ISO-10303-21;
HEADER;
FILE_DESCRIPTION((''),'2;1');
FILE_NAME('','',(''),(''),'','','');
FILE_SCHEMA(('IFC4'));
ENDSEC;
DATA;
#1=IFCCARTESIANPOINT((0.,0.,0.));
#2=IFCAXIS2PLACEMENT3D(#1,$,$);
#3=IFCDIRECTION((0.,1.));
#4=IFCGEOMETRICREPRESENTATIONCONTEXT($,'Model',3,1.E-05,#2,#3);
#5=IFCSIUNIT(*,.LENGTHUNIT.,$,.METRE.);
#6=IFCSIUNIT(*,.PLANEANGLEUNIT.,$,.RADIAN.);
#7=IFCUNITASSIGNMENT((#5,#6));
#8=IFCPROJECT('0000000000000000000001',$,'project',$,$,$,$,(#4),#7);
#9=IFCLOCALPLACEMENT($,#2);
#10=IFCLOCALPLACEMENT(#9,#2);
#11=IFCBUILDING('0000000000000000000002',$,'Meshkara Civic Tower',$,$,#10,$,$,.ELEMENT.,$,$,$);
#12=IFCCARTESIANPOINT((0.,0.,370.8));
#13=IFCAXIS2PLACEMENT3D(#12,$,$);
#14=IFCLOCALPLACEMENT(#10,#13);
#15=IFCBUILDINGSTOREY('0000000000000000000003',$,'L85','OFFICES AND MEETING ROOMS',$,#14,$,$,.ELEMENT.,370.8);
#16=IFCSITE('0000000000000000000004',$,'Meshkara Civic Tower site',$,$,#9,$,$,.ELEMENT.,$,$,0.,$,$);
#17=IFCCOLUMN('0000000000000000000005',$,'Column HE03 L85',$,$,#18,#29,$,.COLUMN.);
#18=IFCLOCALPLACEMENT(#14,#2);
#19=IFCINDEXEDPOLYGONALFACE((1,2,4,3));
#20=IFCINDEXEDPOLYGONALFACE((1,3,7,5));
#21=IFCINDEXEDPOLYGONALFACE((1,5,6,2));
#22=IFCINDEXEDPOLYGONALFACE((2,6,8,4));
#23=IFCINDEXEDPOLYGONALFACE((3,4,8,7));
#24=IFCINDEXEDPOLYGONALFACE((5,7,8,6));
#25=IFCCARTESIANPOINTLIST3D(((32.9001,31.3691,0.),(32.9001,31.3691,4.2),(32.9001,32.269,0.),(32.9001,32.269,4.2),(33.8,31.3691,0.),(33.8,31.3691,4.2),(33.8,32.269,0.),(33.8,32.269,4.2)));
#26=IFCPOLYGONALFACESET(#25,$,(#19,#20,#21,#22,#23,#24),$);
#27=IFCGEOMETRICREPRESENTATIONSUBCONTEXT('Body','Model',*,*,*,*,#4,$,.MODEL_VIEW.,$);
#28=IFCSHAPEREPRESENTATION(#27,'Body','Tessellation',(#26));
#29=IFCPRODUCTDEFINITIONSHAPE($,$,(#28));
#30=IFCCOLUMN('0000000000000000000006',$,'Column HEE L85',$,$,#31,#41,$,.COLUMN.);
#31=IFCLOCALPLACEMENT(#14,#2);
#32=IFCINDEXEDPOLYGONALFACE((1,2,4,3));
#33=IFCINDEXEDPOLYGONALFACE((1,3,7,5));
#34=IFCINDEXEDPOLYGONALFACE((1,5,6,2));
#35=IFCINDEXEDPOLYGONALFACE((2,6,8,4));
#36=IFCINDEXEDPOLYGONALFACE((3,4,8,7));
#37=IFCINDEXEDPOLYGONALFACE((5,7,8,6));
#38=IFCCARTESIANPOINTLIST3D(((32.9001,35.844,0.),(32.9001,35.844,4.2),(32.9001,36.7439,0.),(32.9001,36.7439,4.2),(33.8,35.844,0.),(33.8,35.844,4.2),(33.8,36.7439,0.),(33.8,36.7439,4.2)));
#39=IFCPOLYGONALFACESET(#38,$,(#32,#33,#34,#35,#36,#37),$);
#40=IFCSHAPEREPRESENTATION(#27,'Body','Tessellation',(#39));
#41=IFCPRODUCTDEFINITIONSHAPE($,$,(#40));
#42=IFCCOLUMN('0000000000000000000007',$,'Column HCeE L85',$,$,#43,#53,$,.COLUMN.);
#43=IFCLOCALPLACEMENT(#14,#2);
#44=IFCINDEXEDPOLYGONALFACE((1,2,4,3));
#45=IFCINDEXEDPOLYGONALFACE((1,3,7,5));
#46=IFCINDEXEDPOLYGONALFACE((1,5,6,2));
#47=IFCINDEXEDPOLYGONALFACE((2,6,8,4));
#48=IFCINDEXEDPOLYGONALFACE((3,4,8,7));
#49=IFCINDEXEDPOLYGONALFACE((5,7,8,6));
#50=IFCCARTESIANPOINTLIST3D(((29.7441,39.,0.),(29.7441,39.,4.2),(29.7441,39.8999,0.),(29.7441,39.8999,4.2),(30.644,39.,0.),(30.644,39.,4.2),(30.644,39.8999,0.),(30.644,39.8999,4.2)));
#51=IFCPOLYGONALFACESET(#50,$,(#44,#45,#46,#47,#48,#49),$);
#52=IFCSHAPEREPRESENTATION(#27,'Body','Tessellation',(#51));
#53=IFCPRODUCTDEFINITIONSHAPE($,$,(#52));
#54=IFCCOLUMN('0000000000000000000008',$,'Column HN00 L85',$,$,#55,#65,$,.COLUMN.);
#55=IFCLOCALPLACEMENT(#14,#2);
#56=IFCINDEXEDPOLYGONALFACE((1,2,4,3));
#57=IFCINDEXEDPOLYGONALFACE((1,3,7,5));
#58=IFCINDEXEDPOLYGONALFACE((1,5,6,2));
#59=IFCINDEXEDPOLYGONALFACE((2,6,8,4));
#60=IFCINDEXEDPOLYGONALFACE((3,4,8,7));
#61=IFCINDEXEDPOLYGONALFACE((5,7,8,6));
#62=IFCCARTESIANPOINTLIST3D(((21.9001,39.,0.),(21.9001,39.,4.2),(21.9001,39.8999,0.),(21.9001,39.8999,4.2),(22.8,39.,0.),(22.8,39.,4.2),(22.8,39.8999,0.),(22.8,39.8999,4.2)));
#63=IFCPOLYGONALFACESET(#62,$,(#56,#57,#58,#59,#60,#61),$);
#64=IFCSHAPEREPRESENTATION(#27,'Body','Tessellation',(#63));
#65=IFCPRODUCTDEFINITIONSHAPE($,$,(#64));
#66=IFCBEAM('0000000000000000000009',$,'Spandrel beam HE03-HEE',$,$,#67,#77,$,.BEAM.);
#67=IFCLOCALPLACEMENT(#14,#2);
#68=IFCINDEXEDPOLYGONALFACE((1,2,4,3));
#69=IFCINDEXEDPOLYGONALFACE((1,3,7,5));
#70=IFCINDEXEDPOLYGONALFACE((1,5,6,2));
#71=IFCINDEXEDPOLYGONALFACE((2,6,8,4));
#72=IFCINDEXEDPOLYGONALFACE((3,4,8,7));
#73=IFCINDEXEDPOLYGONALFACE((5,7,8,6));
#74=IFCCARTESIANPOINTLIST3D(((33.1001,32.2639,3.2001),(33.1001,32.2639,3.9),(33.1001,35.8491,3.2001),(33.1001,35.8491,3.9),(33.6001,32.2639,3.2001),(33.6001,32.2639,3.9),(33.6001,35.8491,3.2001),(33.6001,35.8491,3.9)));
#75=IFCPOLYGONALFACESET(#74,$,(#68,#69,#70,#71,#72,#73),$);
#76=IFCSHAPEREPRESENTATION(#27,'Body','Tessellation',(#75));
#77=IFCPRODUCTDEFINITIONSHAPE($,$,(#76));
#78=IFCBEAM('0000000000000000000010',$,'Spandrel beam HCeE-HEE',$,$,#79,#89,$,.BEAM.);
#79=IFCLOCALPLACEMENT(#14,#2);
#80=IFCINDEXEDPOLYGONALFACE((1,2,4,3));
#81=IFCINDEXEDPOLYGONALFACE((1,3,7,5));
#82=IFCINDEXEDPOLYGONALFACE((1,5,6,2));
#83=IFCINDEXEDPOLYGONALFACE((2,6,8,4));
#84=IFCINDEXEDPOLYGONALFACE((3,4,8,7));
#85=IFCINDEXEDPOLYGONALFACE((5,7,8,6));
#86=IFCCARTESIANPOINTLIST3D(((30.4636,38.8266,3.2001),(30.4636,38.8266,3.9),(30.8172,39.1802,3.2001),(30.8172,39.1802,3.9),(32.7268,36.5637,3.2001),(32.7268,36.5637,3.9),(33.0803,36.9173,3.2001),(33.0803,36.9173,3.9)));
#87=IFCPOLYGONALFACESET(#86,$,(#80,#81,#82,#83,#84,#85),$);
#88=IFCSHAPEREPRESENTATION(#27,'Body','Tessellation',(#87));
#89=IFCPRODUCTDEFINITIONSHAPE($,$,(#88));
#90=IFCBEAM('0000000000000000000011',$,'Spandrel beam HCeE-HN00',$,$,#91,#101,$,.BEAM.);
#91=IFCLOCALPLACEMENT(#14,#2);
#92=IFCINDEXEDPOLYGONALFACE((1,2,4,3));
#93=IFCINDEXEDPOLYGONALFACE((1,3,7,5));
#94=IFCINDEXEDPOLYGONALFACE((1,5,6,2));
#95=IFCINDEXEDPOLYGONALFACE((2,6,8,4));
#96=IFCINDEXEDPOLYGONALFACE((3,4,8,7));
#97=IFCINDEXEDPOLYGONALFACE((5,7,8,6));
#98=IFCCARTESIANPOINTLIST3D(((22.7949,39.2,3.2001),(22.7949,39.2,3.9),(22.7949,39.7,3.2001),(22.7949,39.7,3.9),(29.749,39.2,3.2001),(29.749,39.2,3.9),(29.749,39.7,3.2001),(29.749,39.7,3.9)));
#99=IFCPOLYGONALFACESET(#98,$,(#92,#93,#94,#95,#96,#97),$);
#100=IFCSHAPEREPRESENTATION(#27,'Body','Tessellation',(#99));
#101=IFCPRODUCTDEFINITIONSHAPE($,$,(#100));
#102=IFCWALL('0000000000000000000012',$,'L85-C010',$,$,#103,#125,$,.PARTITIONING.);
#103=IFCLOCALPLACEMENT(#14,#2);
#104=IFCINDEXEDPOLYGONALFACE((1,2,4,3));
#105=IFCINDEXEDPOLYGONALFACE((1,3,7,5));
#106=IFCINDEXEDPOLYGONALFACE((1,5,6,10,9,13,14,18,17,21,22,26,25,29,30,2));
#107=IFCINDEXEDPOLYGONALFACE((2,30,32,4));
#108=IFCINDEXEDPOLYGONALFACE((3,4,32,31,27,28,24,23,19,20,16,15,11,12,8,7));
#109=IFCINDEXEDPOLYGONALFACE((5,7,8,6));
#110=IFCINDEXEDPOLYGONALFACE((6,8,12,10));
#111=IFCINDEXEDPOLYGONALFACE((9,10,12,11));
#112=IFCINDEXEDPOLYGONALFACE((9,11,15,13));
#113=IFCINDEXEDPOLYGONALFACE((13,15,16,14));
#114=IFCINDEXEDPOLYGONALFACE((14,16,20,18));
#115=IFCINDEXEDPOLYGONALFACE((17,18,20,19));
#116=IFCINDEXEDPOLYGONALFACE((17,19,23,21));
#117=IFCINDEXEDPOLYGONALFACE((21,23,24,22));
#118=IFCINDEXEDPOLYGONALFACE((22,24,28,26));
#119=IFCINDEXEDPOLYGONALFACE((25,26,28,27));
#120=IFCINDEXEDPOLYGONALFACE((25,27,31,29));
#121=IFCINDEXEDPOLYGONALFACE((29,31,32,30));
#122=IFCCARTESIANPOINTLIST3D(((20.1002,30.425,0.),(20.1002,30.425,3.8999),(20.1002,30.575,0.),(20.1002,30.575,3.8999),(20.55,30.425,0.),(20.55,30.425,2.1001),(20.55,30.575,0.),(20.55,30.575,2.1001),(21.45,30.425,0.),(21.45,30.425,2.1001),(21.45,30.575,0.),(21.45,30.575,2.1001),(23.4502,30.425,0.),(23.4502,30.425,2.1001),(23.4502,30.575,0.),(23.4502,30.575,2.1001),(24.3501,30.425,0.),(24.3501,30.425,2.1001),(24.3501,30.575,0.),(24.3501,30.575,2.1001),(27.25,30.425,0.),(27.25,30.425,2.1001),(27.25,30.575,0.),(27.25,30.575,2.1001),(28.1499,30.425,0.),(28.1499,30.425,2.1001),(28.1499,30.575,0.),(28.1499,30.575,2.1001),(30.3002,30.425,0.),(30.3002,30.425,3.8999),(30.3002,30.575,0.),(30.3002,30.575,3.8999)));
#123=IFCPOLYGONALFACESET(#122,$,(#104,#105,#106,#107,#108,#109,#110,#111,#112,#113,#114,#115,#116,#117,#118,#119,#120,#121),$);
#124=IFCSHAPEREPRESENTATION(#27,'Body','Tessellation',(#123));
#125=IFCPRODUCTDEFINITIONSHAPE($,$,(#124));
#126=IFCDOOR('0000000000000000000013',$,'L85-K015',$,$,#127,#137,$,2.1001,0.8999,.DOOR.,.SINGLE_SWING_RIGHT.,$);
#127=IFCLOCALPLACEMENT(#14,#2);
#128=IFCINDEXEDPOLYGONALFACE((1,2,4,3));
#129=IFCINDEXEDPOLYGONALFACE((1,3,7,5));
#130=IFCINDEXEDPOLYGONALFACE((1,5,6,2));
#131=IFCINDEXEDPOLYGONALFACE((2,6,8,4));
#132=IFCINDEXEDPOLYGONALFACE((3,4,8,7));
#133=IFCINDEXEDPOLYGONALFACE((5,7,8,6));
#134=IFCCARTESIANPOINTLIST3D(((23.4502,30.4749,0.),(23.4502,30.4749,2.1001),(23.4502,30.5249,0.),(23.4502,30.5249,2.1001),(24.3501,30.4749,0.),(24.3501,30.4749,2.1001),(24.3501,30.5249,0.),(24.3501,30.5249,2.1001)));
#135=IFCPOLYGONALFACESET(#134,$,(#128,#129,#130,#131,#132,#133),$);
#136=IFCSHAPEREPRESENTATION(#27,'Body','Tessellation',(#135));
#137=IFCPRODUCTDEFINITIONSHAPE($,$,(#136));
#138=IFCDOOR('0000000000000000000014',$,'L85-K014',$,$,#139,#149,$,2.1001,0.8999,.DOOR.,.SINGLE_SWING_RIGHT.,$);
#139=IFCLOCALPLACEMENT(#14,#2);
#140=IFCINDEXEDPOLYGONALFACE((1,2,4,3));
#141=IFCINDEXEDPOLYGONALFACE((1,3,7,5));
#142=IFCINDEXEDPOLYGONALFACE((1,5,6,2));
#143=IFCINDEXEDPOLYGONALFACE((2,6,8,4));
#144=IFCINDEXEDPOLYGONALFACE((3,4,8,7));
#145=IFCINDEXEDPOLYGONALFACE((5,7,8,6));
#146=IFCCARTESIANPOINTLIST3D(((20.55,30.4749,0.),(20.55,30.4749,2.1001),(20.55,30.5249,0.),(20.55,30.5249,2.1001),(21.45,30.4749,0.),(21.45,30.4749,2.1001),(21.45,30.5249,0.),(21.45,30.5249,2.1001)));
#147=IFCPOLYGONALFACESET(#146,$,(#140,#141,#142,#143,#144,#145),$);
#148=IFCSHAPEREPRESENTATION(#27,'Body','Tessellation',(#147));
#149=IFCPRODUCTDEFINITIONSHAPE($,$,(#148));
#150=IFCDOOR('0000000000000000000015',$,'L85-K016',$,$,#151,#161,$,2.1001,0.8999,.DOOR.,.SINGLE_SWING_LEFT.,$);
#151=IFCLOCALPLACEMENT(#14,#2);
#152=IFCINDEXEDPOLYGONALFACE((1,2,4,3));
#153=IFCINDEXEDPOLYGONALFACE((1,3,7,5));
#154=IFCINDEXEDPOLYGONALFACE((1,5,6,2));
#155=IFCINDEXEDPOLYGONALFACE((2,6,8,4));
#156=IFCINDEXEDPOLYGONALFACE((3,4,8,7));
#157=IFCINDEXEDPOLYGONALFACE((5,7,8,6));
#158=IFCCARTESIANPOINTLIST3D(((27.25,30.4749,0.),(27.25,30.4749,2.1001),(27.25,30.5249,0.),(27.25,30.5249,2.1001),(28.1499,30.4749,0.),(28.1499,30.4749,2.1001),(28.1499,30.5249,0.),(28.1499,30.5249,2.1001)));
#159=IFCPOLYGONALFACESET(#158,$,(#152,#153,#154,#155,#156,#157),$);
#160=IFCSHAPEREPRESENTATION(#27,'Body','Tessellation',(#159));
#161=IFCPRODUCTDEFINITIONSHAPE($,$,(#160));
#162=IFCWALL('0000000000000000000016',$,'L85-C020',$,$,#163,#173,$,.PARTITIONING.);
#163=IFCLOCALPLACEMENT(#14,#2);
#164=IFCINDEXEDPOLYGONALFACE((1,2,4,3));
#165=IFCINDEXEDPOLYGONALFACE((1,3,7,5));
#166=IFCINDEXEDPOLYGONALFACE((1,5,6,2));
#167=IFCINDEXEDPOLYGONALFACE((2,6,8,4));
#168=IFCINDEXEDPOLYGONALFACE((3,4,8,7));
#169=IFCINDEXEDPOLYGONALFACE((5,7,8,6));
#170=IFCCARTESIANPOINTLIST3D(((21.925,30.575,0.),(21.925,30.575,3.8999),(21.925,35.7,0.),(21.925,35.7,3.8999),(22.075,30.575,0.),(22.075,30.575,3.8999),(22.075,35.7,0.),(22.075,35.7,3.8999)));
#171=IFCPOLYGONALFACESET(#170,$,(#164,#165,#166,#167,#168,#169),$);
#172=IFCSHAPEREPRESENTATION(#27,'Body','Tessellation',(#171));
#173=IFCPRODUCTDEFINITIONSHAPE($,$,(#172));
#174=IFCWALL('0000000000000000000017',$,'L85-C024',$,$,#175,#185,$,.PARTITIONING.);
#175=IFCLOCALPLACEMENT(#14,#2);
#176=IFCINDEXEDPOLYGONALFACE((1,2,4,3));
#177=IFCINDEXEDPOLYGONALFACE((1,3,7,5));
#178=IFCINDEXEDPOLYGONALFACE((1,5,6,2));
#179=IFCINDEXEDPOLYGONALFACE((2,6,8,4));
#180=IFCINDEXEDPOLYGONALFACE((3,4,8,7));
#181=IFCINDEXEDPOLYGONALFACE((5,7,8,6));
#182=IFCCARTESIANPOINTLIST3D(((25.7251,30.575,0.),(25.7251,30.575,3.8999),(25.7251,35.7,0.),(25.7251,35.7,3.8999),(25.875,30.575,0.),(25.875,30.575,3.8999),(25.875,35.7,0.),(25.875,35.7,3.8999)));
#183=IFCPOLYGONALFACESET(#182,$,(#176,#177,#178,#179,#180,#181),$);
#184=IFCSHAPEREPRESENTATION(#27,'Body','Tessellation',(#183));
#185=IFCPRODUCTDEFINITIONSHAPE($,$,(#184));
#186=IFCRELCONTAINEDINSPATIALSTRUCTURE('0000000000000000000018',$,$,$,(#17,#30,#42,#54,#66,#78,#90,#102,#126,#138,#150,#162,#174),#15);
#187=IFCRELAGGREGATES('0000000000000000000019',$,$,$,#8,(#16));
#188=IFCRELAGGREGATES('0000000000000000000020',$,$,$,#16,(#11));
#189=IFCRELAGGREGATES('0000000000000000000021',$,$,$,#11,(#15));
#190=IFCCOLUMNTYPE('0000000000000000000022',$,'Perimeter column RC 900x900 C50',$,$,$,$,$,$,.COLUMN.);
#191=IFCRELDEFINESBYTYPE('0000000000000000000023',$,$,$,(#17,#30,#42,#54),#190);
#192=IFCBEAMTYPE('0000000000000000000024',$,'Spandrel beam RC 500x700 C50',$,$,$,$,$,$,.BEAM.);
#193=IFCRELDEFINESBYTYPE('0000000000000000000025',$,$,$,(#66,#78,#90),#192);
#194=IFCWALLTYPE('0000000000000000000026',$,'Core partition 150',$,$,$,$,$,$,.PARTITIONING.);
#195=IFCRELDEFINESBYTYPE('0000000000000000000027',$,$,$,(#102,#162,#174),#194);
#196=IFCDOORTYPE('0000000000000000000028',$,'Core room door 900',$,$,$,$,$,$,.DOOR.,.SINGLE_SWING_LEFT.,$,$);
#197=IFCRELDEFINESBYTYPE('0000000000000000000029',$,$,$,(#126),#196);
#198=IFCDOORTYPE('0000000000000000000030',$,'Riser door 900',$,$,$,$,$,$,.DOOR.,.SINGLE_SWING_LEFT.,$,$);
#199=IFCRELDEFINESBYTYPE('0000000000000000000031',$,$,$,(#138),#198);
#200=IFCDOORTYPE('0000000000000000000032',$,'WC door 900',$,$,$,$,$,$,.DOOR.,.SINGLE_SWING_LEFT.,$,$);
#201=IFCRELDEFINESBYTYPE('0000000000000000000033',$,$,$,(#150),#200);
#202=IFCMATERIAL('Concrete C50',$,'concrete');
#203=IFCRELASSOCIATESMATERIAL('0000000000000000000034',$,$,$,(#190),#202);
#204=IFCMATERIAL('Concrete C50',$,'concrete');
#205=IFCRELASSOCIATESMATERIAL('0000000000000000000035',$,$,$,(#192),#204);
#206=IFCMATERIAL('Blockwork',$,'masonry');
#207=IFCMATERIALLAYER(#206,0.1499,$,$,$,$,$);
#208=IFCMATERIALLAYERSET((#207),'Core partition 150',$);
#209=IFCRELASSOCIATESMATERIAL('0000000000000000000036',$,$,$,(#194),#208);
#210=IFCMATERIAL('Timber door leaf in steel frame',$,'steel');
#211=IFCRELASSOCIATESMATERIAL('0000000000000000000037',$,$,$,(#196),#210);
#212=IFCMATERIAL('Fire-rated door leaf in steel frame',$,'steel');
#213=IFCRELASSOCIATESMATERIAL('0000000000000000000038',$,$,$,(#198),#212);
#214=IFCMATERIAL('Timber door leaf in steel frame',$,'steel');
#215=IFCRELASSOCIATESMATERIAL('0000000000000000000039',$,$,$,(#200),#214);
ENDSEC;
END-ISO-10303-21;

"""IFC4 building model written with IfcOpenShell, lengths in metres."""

from ifc_helpers import new_model, si_unit, direction, frame, frame_2d, origin, origin_2d, place, context, subcontext, project, spatial, rectangle, extrude, material, layer, layer_set, material_profile, profile_set, type_object, element, fill, save


model = new_model("IFC4")

# Units and contexts
model_context = context("Model", 3, precision=1e-05, world=origin(), true_north=direction((0.0, 1.0)))
body_context = subcontext(model_context, "Body", "Model", "MODEL_VIEW")
ifc_project = project(units=[si_unit("LENGTHUNIT", "METRE"), si_unit("PLANEANGLEUNIT", "RADIAN")], contexts=[model_context])

# Site, building, storey
site_placement = place(None, origin())
site = spatial("IfcSite", under=ifc_project, at=site_placement, Name="Meshkara Civic Tower site", CompositionType="ELEMENT", RefElevation=0.0)
building_placement = place(site_placement, origin())
building = spatial("IfcBuilding", under=site, at=building_placement, Name="Meshkara Civic Tower", CompositionType="ELEMENT")
storey_placement = place(building_placement, frame((0.0, 0.0, 370.8)))
storey = spatial("IfcBuildingStorey", under=building, at=storey_placement, Name="L85", Description="OFFICES AND MEETING ROOMS", CompositionType="ELEMENT", Elevation=370.8)

# Columns
ifc_material_1 = material(Name="Concrete C50", Category="concrete")
ifc_material_profile_1 = material_profile(ifc_material_1, rectangle(XDim=0.8999, YDim=0.8999, at=origin_2d()))
ifc_profile_set_1 = profile_set([ifc_material_profile_1], Name="Concrete C50")
column_type = type_object("IfcColumnType", Name="Perimeter column RC 900x900 C50", PredefinedType="COLUMN", material=ifc_profile_set_1)
for number, where, z_axis, x_axis, name in (
    (1, (33.3501, 31.8191, 0.0), (0.0, 0.0, 1.0), (1.0, 0.0, 0.0), "Column HE03 L85"),
    (2, (33.3501, 36.2939, 0.0), (0.0, 0.0, 1.0), (1.0, 0.0, 0.0), "Column HEE L85"),
    (3, (30.1941, 39.45, 0.0), (0.0, 0.0, 1.0), (1.0, 0.0, 0.0), "Column HCeE L85"),
    (4, (22.3501, 39.45, 0.0), (0.0, 0.0, 1.0), (1.0, 0.0, 0.0), "Column HN00 L85"),
):
    element("IfcColumn", number, at=place(storey_placement, frame(where, z_axis=z_axis, x_axis=x_axis)), inside=storey, type_object=column_type, Name=name, PredefinedType="COLUMN", context=body_context, shape_type="SweptSolid", body=[
        extrude(rectangle(XDim=0.8999, YDim=0.8999, at=origin_2d()), origin(), (0.0, 0.0, 1.0), 4.2),
    ])

# Beams
ifc_material_2 = material(Name="Concrete C50", Category="concrete")
ifc_material_profile_2 = material_profile(ifc_material_2, rectangle(XDim=0.5, YDim=0.7, at=origin_2d()))
ifc_profile_set_2 = profile_set([ifc_material_profile_2], Name="Concrete C50")
beam_type = type_object("IfcBeamType", Name="Spandrel beam RC 500x700 C50", PredefinedType="BEAM", material=ifc_profile_set_2)
beam_1_placement = place(storey_placement, frame((33.3501, 32.2639, 3.55), z_axis=(0.0, 1.0, 0.0), x_axis=(-1.0, 0.0, 0.0)))
element("IfcBeam", 5, at=beam_1_placement, inside=storey, type_object=beam_type, Name="Spandrel beam HE03-HEE", PredefinedType="BEAM", context=body_context, shape_type="SweptSolid", body=[
    extrude(rectangle(XDim=0.5, YDim=0.7, at=origin_2d()), origin(), (0.0, 0.0, 1.0), 3.5852),
])
beam_2_placement = place(storey_placement, frame((32.9036, 36.7405, 3.55), z_axis=(-0.707145, 0.707069, 0.0), x_axis=(-0.707069, -0.707145, 0.0)))
element("IfcBeam", 6, at=beam_2_placement, inside=storey, type_object=beam_type, Name="Spandrel beam HCeE-HEE", PredefinedType="BEAM", context=body_context, shape_type="SweptSolid", body=[
    extrude(rectangle(XDim=0.5, YDim=0.7, at=origin_2d()), origin(), (0.0, 0.0, 1.0), 3.2004),
])
beam_3_placement = place(storey_placement, frame((29.749, 39.45, 3.55), z_axis=(-1.0, 0.0, 0.0), x_axis=(0.0, -1.0, 0.0)))
element("IfcBeam", 7, at=beam_3_placement, inside=storey, type_object=beam_type, Name="Spandrel beam HCeE-HN00", PredefinedType="BEAM", context=body_context, shape_type="SweptSolid", body=[
    extrude(rectangle(XDim=0.5, YDim=0.7, at=origin_2d()), origin(), (0.0, 0.0, 1.0), 6.9541),
])

# Wall, openings, doors
ifc_material_3 = material(Name="Blockwork", Category="masonry")
ifc_layer_1 = layer(ifc_material_3, 0.1499)
ifc_layer_set_1 = layer_set([ifc_layer_1], Name="Core partition 150")
wall_type_1 = type_object("IfcWallType", Name="Core partition 150", PredefinedType="PARTITIONING", material=ifc_layer_set_1)
wall_1_placement = place(storey_placement, frame((20.1001, 30.5, 0.0), z_axis=(0.0, 0.0, 1.0), x_axis=(1.0, 0.0, 0.0)))
wall_1 = element("IfcWall", 8, at=wall_1_placement, inside=storey, type_object=wall_type_1, Name="L85-C010", PredefinedType="PARTITIONING", context=body_context, shape_type="SweptSolid", body=[
    extrude(rectangle(XDim=10.2, YDim=0.1499, at=frame_2d((5.1001, 0.0))), origin(), (0.0, 0.0, 1.0), 3.8999),
])
opening_1_placement = place(wall_1_placement, frame((0.45, 0.0, 0.0)))
opening_1 = element("IfcOpeningElement", 9, at=opening_1_placement, cuts=wall_1, PredefinedType="OPENING", context=body_context, shape_type="SweptSolid", body=[
    extrude(rectangle(XDim=0.8999, YDim=2.1001, at=frame_2d((0.45, 1.05))), frame((0.0, 0.085, 0.0), z_axis=(0.0, -1.0, 0.0), x_axis=(1.0, 0.0, 0.0)), (0.0, 0.0, 1.0), 0.1699),
])
opening_2_placement = place(wall_1_placement, frame((3.3501, 0.0, 0.0)))
opening_2 = element("IfcOpeningElement", 10, at=opening_2_placement, cuts=wall_1, PredefinedType="OPENING", context=body_context, shape_type="SweptSolid", body=[
    extrude(rectangle(XDim=0.8999, YDim=2.1001, at=frame_2d((0.45, 1.05))), frame((0.0, 0.085, 0.0), z_axis=(0.0, -1.0, 0.0), x_axis=(1.0, 0.0, 0.0)), (0.0, 0.0, 1.0), 0.1699),
])
opening_3_placement = place(wall_1_placement, frame((7.1499, 0.0, 0.0)))
opening_3 = element("IfcOpeningElement", 11, at=opening_3_placement, cuts=wall_1, PredefinedType="OPENING", context=body_context, shape_type="SweptSolid", body=[
    extrude(rectangle(XDim=0.8999, YDim=2.1001, at=frame_2d((0.45, 1.05))), frame((0.0, 0.085, 0.0), z_axis=(0.0, -1.0, 0.0), x_axis=(1.0, 0.0, 0.0)), (0.0, 0.0, 1.0), 0.1699),
])
ifc_material_4 = material(Name="Timber door leaf in steel frame", Category="steel")
door_type_1 = type_object("IfcDoorType", Name="Core room door 900", OperationType="SINGLE_SWING_LEFT", PredefinedType="DOOR", material=ifc_material_4)
door_1_placement = place(opening_2_placement, origin())
door_1 = element("IfcDoor", 12, at=door_1_placement, inside=storey, type_object=door_type_1, Name="L85-K015", OperationType="SINGLE_SWING_RIGHT", OverallHeight=2.1001, OverallWidth=0.8999, PredefinedType="DOOR", context=body_context, shape_type="SweptSolid", body=[
    extrude(rectangle(XDim=0.8999, YDim=2.1001, at=frame_2d((0.45, 1.05))), frame((0.0, 0.0249, 0.0), z_axis=(0.0, -1.0, 0.0), x_axis=(1.0, 0.0, 0.0)), (0.0, 0.0, 1.0), 0.05),
])
fill(opening_2, door_1)
ifc_material_5 = material(Name="Fire-rated door leaf in steel frame", Category="steel")
door_type_2 = type_object("IfcDoorType", Name="Riser door 900", OperationType="SINGLE_SWING_LEFT", PredefinedType="DOOR", material=ifc_material_5)
door_2_placement = place(opening_1_placement, origin())
door_2 = element("IfcDoor", 13, at=door_2_placement, inside=storey, type_object=door_type_2, Name="L85-K014", OperationType="SINGLE_SWING_RIGHT", OverallHeight=2.1001, OverallWidth=0.8999, PredefinedType="DOOR", context=body_context, shape_type="SweptSolid", body=[
    extrude(rectangle(XDim=0.8999, YDim=2.1001, at=frame_2d((0.45, 1.05))), frame((0.0, 0.0249, 0.0), z_axis=(0.0, -1.0, 0.0), x_axis=(1.0, 0.0, 0.0)), (0.0, 0.0, 1.0), 0.05),
])
fill(opening_1, door_2)
ifc_material_6 = material(Name="Timber door leaf in steel frame", Category="steel")
door_type_3 = type_object("IfcDoorType", Name="WC door 900", OperationType="SINGLE_SWING_LEFT", PredefinedType="DOOR", material=ifc_material_6)
door_3_placement = place(opening_3_placement, origin())
door_3 = element("IfcDoor", 14, at=door_3_placement, inside=storey, type_object=door_type_3, Name="L85-K016", OperationType="SINGLE_SWING_LEFT", OverallHeight=2.1001, OverallWidth=0.8999, PredefinedType="DOOR", context=body_context, shape_type="SweptSolid", body=[
    extrude(rectangle(XDim=0.8999, YDim=2.1001, at=frame_2d((0.45, 1.05))), frame((0.0, 0.0249, 0.0), z_axis=(0.0, -1.0, 0.0), x_axis=(1.0, 0.0, 0.0)), (0.0, 0.0, 1.0), 0.05),
])
fill(opening_3, door_3)

# Walls
for number, where, z_axis, x_axis, name in (
    (15, (22.0, 30.575, 0.0), (0.0, 0.0, 1.0), (0.0, 1.0, 0.0), "L85-C020"),
    (16, (25.8, 30.575, 0.0), (0.0, 0.0, 1.0), (0.0, 1.0, 0.0), "L85-C024"),
):
    element("IfcWall", number, at=place(storey_placement, frame(where, z_axis=z_axis, x_axis=x_axis)), inside=storey, type_object=wall_type_1, Name=name, PredefinedType="PARTITIONING", context=body_context, shape_type="SweptSolid", body=[
        extrude(rectangle(XDim=5.125, YDim=0.1499, at=frame_2d((2.5625, 0.0))), origin(), (0.0, 0.0, 1.0), 3.8999),
    ])

save(model, "model.ifc")
